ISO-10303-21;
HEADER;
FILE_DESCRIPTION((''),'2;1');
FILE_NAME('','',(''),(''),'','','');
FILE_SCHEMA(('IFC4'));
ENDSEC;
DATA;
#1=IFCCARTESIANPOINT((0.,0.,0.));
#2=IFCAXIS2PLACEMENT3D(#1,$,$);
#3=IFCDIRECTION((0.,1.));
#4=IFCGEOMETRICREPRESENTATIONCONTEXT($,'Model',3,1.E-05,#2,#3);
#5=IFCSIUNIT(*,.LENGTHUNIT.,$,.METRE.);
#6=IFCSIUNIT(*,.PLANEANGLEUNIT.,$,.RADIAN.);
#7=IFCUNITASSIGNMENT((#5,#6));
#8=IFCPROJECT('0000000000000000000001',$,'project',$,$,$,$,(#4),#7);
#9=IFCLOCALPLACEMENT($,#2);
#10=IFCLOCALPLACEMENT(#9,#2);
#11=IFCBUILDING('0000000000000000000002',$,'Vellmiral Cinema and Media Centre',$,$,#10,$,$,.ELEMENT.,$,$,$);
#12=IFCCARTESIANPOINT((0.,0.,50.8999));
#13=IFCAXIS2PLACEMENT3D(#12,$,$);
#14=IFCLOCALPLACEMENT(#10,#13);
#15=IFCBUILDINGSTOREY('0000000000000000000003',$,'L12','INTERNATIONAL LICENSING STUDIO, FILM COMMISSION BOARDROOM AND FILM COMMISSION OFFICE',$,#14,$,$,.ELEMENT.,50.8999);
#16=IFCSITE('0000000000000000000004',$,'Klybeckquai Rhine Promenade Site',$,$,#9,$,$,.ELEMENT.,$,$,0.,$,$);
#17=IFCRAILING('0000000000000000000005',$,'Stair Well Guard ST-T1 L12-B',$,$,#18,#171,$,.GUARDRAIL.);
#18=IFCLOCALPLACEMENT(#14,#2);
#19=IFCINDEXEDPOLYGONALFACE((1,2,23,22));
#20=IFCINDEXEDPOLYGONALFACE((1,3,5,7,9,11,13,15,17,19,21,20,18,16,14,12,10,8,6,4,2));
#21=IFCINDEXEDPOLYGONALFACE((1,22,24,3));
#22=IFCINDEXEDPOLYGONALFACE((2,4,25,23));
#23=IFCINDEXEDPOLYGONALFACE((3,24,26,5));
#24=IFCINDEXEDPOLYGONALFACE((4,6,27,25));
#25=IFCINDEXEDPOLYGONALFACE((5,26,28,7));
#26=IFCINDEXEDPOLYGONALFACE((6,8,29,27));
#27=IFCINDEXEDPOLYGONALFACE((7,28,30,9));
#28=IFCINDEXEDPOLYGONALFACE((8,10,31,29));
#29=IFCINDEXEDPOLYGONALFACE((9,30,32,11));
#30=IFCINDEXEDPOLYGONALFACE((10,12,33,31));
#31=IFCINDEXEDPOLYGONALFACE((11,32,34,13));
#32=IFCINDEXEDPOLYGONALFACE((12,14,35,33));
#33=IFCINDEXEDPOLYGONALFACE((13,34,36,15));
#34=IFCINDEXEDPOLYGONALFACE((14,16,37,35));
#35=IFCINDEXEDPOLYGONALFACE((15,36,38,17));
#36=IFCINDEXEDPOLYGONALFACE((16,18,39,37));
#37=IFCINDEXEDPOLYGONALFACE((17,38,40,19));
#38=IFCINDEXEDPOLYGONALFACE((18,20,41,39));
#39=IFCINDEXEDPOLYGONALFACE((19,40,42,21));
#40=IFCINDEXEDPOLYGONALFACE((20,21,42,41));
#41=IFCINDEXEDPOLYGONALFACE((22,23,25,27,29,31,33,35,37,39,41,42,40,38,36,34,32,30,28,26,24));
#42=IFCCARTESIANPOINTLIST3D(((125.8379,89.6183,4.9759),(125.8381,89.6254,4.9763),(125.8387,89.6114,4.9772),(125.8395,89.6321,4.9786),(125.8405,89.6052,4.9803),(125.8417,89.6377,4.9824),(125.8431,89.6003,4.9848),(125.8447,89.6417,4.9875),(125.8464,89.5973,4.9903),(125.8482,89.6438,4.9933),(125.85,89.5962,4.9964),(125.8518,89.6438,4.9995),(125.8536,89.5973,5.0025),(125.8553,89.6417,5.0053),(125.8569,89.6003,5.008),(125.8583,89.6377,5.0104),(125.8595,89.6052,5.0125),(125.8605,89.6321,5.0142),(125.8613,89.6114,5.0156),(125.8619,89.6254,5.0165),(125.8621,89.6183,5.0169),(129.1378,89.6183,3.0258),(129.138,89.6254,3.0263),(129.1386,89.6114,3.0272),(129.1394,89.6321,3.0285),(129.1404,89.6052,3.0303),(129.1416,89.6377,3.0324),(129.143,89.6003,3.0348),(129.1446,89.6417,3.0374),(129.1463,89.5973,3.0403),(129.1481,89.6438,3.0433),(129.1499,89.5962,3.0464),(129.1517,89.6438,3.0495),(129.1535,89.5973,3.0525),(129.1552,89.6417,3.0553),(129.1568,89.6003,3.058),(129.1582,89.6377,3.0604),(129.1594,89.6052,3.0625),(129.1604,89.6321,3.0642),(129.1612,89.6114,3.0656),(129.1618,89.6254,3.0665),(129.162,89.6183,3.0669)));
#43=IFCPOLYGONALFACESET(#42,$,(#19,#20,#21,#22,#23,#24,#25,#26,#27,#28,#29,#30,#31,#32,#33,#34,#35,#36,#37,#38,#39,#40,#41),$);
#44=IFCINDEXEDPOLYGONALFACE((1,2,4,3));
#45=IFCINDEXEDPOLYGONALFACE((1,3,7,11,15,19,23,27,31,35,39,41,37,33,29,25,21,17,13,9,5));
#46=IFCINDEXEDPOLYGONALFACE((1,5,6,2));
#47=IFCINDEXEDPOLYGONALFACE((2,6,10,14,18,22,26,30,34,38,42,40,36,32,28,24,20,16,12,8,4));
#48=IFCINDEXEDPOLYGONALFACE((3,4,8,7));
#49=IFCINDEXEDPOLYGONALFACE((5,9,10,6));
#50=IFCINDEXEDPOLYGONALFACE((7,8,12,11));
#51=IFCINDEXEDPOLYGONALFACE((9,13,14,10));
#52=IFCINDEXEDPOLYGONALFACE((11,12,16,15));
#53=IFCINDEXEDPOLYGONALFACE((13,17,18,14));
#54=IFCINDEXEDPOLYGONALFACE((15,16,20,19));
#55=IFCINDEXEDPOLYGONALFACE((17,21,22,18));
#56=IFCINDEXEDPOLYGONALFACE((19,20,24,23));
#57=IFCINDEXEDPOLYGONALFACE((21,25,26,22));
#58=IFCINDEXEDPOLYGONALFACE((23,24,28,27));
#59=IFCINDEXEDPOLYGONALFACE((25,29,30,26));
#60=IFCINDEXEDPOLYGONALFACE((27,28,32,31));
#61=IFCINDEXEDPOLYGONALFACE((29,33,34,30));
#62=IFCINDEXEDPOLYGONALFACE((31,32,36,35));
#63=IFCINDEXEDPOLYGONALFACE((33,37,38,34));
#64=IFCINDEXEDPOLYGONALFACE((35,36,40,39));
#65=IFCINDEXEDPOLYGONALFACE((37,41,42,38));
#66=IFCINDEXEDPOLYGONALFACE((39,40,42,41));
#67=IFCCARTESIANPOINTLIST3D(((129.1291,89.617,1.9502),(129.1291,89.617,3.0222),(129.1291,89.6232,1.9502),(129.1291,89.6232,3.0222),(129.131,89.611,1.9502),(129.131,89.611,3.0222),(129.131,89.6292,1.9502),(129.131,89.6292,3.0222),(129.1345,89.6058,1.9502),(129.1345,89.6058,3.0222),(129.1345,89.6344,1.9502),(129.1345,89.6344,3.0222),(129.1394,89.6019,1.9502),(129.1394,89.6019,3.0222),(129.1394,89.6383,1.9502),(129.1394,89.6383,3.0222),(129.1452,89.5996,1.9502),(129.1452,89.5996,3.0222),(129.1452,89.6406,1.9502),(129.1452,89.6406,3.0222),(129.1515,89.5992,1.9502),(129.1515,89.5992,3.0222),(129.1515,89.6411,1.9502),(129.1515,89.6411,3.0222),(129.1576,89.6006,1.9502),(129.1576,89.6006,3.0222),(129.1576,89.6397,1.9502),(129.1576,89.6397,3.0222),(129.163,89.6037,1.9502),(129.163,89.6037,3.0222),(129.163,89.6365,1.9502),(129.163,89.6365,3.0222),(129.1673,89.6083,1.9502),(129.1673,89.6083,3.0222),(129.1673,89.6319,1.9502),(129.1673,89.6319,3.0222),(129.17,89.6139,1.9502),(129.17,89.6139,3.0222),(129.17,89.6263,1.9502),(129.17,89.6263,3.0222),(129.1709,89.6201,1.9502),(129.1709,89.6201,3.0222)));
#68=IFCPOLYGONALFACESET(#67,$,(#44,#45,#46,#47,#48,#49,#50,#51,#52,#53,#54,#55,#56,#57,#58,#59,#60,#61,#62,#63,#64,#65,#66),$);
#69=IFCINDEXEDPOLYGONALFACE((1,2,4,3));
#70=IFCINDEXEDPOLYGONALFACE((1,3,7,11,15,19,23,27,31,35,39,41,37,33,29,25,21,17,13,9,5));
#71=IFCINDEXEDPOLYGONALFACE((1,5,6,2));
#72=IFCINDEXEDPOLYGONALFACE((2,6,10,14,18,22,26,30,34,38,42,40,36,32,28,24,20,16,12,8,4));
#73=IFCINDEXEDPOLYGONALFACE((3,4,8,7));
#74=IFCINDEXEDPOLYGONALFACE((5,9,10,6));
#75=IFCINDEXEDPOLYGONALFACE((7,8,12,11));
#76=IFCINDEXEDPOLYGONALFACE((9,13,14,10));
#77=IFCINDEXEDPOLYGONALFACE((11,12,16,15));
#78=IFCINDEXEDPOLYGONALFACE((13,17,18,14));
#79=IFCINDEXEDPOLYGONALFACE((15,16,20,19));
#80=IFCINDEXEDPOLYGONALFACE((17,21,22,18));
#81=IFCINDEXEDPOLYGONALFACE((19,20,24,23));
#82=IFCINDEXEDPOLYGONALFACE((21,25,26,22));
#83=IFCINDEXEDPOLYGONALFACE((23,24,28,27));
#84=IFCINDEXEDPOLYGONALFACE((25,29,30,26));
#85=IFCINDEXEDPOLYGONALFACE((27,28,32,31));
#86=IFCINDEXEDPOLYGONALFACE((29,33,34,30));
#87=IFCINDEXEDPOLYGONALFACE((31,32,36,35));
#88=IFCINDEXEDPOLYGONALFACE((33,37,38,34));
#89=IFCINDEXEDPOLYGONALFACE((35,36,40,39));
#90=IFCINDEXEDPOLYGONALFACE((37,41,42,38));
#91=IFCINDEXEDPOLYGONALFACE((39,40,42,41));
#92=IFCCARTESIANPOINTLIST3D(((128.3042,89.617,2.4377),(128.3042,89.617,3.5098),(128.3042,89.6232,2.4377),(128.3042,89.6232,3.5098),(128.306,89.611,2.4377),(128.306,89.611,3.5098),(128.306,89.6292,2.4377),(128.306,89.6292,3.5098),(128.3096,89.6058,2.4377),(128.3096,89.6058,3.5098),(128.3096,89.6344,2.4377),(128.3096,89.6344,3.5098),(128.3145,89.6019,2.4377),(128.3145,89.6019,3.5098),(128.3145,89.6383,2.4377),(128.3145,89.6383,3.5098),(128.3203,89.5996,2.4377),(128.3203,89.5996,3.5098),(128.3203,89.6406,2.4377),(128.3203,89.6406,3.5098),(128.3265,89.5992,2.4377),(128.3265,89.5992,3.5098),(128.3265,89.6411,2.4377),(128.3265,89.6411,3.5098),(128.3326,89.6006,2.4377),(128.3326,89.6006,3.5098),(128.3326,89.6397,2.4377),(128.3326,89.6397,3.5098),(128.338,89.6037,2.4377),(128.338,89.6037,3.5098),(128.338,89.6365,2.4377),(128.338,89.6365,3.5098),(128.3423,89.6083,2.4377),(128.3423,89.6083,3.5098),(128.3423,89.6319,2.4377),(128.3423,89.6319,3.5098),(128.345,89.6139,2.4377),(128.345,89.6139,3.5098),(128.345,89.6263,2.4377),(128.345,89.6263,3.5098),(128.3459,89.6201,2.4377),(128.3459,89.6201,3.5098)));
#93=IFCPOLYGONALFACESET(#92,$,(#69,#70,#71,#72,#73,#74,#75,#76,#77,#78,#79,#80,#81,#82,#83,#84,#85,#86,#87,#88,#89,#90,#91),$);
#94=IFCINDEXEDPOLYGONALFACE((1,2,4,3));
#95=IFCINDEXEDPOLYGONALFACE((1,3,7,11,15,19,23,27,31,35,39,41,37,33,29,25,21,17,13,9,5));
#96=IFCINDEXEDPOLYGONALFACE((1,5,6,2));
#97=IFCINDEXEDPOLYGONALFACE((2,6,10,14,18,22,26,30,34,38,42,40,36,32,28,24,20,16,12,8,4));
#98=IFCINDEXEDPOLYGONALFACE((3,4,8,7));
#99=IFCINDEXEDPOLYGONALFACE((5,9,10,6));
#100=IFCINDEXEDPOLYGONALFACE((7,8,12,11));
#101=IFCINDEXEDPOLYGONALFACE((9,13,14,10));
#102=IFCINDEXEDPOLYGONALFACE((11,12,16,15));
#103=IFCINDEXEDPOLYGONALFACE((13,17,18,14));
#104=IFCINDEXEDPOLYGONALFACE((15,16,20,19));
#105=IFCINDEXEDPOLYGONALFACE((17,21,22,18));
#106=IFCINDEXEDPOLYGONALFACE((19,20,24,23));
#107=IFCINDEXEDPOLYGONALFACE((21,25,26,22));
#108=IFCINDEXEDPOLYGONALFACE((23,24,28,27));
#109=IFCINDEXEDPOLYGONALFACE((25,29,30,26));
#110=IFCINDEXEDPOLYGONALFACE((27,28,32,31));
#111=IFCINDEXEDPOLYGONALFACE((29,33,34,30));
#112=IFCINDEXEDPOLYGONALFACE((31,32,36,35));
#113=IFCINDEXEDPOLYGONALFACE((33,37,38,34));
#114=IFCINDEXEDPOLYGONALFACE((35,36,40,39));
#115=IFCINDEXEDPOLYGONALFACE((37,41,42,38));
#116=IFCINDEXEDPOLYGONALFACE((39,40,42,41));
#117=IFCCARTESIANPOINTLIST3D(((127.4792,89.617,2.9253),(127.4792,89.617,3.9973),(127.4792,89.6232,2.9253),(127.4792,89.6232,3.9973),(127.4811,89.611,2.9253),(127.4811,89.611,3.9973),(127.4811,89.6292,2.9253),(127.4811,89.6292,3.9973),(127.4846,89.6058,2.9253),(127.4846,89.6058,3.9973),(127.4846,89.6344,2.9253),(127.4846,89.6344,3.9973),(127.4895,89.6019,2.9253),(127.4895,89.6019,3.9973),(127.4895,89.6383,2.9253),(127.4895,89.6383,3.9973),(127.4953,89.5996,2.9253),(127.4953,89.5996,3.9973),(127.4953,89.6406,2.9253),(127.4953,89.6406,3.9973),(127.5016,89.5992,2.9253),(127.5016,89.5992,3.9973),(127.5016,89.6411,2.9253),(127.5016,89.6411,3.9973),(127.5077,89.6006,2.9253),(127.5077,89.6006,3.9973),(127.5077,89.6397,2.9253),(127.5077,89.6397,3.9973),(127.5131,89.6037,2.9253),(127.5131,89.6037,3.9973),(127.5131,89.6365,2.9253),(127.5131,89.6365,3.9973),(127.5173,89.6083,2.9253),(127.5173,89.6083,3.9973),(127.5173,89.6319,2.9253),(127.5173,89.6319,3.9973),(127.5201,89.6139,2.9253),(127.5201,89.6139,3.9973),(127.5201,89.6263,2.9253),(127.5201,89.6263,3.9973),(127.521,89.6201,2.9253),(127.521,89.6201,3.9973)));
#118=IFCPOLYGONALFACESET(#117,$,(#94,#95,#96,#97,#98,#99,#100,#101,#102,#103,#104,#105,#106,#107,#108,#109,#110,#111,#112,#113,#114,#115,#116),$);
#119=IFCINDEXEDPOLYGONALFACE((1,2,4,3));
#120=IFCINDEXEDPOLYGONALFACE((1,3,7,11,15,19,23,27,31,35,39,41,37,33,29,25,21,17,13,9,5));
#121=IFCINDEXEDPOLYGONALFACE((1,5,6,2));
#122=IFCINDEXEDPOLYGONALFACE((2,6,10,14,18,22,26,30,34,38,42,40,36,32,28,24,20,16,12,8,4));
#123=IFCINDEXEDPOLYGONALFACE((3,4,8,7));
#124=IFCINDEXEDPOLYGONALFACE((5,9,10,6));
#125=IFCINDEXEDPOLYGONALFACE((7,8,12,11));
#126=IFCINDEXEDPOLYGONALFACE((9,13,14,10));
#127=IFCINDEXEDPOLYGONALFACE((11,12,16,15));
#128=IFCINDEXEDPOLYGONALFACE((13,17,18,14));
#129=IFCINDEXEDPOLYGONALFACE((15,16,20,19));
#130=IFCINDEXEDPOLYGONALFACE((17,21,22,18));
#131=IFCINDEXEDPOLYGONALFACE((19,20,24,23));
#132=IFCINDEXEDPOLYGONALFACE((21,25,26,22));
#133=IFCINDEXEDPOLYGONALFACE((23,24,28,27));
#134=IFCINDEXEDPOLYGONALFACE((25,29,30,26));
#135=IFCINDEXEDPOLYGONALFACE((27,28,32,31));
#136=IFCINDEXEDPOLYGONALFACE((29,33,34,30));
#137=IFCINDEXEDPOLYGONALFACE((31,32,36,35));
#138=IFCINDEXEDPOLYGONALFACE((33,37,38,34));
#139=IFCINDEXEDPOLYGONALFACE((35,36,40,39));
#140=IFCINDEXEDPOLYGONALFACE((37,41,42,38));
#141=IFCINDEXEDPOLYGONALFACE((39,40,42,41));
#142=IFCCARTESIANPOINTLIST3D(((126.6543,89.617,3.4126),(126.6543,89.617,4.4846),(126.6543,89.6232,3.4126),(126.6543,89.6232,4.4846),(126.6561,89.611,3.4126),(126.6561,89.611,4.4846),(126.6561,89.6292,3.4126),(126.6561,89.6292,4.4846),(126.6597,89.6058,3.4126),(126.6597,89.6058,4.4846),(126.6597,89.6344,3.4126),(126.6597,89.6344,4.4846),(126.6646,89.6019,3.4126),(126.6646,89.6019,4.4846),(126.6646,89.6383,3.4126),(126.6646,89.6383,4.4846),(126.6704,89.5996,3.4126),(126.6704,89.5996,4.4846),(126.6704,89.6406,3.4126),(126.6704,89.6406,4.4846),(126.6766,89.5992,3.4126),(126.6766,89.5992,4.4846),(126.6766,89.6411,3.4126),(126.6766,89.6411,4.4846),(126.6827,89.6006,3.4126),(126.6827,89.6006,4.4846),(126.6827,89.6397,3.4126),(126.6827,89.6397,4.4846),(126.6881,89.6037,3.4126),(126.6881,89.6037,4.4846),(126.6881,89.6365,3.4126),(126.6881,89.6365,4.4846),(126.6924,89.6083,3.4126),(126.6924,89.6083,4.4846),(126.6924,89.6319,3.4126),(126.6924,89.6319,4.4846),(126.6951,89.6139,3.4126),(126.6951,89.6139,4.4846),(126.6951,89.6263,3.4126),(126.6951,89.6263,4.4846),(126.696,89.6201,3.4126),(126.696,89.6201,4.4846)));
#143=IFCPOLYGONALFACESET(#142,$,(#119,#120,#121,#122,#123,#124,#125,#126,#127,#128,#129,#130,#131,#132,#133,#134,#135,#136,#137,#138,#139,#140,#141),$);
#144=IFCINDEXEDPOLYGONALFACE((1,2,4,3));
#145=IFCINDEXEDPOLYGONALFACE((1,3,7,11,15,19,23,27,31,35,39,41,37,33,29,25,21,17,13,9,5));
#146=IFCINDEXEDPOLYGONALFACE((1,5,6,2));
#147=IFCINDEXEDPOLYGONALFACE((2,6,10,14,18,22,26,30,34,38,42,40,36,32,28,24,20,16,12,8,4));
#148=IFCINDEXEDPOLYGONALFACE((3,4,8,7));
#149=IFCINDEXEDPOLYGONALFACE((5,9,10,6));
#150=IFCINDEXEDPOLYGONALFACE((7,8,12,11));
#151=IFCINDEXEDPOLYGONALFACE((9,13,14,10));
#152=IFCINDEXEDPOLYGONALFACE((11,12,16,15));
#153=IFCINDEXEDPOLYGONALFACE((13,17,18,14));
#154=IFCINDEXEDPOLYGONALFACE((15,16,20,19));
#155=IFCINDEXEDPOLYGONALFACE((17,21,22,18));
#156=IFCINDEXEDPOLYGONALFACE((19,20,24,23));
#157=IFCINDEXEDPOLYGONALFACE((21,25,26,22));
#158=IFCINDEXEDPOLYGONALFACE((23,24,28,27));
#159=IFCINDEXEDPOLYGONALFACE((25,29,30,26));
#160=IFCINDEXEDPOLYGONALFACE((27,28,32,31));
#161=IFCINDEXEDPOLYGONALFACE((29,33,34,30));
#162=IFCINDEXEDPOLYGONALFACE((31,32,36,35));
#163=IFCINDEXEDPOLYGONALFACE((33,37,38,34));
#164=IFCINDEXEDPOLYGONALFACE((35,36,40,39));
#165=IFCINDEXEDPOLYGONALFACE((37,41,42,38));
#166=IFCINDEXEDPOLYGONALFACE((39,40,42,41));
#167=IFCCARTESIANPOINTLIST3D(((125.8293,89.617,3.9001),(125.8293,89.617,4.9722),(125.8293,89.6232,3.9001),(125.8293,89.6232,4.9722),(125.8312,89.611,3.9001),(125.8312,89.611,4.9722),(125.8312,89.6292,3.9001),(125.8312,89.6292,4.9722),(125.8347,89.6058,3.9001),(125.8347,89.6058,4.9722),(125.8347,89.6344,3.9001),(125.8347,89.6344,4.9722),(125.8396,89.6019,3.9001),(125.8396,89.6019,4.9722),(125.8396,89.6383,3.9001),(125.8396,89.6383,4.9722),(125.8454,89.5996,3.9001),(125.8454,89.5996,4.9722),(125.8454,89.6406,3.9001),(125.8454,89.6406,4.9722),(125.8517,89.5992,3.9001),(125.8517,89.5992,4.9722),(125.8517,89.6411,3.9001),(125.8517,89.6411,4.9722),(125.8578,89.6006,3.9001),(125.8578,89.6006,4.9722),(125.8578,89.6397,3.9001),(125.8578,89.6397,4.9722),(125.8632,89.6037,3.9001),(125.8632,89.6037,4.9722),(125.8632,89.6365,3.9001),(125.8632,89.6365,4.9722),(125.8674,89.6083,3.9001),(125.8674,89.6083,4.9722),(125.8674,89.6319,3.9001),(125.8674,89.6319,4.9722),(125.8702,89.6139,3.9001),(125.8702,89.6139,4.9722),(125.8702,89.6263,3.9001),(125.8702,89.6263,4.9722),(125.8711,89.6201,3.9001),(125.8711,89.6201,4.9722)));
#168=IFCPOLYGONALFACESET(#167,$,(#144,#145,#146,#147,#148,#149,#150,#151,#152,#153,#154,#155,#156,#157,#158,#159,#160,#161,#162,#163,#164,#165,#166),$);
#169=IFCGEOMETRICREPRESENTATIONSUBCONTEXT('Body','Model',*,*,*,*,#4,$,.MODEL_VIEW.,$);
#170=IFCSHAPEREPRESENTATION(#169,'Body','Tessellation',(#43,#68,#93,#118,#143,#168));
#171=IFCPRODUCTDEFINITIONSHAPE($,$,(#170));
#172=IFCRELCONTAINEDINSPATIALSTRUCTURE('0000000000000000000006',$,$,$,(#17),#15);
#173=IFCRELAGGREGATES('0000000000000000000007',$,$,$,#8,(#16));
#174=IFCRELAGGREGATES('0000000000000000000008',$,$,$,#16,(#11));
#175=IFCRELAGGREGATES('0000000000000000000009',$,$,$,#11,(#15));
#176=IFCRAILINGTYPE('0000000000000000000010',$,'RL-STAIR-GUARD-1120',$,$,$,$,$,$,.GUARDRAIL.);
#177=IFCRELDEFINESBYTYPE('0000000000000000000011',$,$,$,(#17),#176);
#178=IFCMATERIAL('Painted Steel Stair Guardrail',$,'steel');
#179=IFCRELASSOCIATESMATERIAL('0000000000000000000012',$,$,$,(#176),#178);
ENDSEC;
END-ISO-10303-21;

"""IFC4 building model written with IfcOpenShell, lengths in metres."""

from ifc_helpers import new_model, si_unit, direction, frame, origin, origin_2d, place, context, subcontext, project, spatial, circle, extrude, material, type_object, element, save


model = new_model("IFC4")

# Units and contexts
model_context = context("Model", 3, precision=1e-05, world=origin(), true_north=direction((0.0, 1.0)))
body_context = subcontext(model_context, "Body", "Model", "MODEL_VIEW")
ifc_project = project(units=[si_unit("LENGTHUNIT", "METRE"), si_unit("PLANEANGLEUNIT", "RADIAN")], contexts=[model_context])

# Site, building, storey
site_placement = place(None, origin())
site = spatial("IfcSite", under=ifc_project, at=site_placement, Name="Klybeckquai Rhine Promenade Site", CompositionType="ELEMENT", RefElevation=0.0)
building_placement = place(site_placement, origin())
building = spatial("IfcBuilding", under=site, at=building_placement, Name="Vellmiral Cinema and Media Centre", CompositionType="ELEMENT")
storey_placement = place(building_placement, frame((0.0, 0.0, 50.8999)))
storey = spatial("IfcBuildingStorey", under=building, at=storey_placement, Name="L12", Description="INTERNATIONAL LICENSING STUDIO, FILM COMMISSION BOARDROOM AND FILM COMMISSION OFFICE", CompositionType="ELEMENT", Elevation=50.8999)

# Railing
ifc_material_1 = material(Name="Painted Steel Stair Guardrail", Category="steel")
railing_type_1 = type_object("IfcRailingType", Name="RL-STAIR-GUARD-1120", PredefinedType="GUARDRAIL", material=ifc_material_1)
railing_1_placement = place(storey_placement, frame((129.1499, 89.6201, 1.9502)))
element("IfcRailing", 1, at=railing_1_placement, inside=storey, type_object=railing_type_1, Name="Stair Well Guard ST-T1 L12-B", PredefinedType="GUARDRAIL", context=body_context, shape_type="SweptSolid", body=[
    extrude(circle(Radius=0.0239, at=origin_2d()), frame((0.0, 0.0, 1.0962), z_axis=(-0.860919, 0.0, 0.508742), x_axis=(0.0, -1.0, 0.0)), (0.0, 0.0, 1.0), 3.833),
    extrude(circle(Radius=0.021, at=origin_2d()), origin(), (0.0, 0.0, 1.0), 1.072),
    extrude(circle(Radius=0.021, at=origin_2d()), frame((-0.825, 0.0, 0.4875)), (0.0, 0.0, 1.0), 1.072),
    extrude(circle(Radius=0.021, at=origin_2d()), frame((-1.6499, 0.0, 0.9751)), (0.0, 0.0, 1.0), 1.072),
    extrude(circle(Radius=0.021, at=origin_2d()), frame((-2.4749, 0.0, 1.4624)), (0.0, 0.0, 1.0), 1.072),
    extrude(circle(Radius=0.021, at=origin_2d()), frame((-3.2998, 0.0, 1.95)), (0.0, 0.0, 1.0), 1.072),
])

save(model, "model.ifc")
